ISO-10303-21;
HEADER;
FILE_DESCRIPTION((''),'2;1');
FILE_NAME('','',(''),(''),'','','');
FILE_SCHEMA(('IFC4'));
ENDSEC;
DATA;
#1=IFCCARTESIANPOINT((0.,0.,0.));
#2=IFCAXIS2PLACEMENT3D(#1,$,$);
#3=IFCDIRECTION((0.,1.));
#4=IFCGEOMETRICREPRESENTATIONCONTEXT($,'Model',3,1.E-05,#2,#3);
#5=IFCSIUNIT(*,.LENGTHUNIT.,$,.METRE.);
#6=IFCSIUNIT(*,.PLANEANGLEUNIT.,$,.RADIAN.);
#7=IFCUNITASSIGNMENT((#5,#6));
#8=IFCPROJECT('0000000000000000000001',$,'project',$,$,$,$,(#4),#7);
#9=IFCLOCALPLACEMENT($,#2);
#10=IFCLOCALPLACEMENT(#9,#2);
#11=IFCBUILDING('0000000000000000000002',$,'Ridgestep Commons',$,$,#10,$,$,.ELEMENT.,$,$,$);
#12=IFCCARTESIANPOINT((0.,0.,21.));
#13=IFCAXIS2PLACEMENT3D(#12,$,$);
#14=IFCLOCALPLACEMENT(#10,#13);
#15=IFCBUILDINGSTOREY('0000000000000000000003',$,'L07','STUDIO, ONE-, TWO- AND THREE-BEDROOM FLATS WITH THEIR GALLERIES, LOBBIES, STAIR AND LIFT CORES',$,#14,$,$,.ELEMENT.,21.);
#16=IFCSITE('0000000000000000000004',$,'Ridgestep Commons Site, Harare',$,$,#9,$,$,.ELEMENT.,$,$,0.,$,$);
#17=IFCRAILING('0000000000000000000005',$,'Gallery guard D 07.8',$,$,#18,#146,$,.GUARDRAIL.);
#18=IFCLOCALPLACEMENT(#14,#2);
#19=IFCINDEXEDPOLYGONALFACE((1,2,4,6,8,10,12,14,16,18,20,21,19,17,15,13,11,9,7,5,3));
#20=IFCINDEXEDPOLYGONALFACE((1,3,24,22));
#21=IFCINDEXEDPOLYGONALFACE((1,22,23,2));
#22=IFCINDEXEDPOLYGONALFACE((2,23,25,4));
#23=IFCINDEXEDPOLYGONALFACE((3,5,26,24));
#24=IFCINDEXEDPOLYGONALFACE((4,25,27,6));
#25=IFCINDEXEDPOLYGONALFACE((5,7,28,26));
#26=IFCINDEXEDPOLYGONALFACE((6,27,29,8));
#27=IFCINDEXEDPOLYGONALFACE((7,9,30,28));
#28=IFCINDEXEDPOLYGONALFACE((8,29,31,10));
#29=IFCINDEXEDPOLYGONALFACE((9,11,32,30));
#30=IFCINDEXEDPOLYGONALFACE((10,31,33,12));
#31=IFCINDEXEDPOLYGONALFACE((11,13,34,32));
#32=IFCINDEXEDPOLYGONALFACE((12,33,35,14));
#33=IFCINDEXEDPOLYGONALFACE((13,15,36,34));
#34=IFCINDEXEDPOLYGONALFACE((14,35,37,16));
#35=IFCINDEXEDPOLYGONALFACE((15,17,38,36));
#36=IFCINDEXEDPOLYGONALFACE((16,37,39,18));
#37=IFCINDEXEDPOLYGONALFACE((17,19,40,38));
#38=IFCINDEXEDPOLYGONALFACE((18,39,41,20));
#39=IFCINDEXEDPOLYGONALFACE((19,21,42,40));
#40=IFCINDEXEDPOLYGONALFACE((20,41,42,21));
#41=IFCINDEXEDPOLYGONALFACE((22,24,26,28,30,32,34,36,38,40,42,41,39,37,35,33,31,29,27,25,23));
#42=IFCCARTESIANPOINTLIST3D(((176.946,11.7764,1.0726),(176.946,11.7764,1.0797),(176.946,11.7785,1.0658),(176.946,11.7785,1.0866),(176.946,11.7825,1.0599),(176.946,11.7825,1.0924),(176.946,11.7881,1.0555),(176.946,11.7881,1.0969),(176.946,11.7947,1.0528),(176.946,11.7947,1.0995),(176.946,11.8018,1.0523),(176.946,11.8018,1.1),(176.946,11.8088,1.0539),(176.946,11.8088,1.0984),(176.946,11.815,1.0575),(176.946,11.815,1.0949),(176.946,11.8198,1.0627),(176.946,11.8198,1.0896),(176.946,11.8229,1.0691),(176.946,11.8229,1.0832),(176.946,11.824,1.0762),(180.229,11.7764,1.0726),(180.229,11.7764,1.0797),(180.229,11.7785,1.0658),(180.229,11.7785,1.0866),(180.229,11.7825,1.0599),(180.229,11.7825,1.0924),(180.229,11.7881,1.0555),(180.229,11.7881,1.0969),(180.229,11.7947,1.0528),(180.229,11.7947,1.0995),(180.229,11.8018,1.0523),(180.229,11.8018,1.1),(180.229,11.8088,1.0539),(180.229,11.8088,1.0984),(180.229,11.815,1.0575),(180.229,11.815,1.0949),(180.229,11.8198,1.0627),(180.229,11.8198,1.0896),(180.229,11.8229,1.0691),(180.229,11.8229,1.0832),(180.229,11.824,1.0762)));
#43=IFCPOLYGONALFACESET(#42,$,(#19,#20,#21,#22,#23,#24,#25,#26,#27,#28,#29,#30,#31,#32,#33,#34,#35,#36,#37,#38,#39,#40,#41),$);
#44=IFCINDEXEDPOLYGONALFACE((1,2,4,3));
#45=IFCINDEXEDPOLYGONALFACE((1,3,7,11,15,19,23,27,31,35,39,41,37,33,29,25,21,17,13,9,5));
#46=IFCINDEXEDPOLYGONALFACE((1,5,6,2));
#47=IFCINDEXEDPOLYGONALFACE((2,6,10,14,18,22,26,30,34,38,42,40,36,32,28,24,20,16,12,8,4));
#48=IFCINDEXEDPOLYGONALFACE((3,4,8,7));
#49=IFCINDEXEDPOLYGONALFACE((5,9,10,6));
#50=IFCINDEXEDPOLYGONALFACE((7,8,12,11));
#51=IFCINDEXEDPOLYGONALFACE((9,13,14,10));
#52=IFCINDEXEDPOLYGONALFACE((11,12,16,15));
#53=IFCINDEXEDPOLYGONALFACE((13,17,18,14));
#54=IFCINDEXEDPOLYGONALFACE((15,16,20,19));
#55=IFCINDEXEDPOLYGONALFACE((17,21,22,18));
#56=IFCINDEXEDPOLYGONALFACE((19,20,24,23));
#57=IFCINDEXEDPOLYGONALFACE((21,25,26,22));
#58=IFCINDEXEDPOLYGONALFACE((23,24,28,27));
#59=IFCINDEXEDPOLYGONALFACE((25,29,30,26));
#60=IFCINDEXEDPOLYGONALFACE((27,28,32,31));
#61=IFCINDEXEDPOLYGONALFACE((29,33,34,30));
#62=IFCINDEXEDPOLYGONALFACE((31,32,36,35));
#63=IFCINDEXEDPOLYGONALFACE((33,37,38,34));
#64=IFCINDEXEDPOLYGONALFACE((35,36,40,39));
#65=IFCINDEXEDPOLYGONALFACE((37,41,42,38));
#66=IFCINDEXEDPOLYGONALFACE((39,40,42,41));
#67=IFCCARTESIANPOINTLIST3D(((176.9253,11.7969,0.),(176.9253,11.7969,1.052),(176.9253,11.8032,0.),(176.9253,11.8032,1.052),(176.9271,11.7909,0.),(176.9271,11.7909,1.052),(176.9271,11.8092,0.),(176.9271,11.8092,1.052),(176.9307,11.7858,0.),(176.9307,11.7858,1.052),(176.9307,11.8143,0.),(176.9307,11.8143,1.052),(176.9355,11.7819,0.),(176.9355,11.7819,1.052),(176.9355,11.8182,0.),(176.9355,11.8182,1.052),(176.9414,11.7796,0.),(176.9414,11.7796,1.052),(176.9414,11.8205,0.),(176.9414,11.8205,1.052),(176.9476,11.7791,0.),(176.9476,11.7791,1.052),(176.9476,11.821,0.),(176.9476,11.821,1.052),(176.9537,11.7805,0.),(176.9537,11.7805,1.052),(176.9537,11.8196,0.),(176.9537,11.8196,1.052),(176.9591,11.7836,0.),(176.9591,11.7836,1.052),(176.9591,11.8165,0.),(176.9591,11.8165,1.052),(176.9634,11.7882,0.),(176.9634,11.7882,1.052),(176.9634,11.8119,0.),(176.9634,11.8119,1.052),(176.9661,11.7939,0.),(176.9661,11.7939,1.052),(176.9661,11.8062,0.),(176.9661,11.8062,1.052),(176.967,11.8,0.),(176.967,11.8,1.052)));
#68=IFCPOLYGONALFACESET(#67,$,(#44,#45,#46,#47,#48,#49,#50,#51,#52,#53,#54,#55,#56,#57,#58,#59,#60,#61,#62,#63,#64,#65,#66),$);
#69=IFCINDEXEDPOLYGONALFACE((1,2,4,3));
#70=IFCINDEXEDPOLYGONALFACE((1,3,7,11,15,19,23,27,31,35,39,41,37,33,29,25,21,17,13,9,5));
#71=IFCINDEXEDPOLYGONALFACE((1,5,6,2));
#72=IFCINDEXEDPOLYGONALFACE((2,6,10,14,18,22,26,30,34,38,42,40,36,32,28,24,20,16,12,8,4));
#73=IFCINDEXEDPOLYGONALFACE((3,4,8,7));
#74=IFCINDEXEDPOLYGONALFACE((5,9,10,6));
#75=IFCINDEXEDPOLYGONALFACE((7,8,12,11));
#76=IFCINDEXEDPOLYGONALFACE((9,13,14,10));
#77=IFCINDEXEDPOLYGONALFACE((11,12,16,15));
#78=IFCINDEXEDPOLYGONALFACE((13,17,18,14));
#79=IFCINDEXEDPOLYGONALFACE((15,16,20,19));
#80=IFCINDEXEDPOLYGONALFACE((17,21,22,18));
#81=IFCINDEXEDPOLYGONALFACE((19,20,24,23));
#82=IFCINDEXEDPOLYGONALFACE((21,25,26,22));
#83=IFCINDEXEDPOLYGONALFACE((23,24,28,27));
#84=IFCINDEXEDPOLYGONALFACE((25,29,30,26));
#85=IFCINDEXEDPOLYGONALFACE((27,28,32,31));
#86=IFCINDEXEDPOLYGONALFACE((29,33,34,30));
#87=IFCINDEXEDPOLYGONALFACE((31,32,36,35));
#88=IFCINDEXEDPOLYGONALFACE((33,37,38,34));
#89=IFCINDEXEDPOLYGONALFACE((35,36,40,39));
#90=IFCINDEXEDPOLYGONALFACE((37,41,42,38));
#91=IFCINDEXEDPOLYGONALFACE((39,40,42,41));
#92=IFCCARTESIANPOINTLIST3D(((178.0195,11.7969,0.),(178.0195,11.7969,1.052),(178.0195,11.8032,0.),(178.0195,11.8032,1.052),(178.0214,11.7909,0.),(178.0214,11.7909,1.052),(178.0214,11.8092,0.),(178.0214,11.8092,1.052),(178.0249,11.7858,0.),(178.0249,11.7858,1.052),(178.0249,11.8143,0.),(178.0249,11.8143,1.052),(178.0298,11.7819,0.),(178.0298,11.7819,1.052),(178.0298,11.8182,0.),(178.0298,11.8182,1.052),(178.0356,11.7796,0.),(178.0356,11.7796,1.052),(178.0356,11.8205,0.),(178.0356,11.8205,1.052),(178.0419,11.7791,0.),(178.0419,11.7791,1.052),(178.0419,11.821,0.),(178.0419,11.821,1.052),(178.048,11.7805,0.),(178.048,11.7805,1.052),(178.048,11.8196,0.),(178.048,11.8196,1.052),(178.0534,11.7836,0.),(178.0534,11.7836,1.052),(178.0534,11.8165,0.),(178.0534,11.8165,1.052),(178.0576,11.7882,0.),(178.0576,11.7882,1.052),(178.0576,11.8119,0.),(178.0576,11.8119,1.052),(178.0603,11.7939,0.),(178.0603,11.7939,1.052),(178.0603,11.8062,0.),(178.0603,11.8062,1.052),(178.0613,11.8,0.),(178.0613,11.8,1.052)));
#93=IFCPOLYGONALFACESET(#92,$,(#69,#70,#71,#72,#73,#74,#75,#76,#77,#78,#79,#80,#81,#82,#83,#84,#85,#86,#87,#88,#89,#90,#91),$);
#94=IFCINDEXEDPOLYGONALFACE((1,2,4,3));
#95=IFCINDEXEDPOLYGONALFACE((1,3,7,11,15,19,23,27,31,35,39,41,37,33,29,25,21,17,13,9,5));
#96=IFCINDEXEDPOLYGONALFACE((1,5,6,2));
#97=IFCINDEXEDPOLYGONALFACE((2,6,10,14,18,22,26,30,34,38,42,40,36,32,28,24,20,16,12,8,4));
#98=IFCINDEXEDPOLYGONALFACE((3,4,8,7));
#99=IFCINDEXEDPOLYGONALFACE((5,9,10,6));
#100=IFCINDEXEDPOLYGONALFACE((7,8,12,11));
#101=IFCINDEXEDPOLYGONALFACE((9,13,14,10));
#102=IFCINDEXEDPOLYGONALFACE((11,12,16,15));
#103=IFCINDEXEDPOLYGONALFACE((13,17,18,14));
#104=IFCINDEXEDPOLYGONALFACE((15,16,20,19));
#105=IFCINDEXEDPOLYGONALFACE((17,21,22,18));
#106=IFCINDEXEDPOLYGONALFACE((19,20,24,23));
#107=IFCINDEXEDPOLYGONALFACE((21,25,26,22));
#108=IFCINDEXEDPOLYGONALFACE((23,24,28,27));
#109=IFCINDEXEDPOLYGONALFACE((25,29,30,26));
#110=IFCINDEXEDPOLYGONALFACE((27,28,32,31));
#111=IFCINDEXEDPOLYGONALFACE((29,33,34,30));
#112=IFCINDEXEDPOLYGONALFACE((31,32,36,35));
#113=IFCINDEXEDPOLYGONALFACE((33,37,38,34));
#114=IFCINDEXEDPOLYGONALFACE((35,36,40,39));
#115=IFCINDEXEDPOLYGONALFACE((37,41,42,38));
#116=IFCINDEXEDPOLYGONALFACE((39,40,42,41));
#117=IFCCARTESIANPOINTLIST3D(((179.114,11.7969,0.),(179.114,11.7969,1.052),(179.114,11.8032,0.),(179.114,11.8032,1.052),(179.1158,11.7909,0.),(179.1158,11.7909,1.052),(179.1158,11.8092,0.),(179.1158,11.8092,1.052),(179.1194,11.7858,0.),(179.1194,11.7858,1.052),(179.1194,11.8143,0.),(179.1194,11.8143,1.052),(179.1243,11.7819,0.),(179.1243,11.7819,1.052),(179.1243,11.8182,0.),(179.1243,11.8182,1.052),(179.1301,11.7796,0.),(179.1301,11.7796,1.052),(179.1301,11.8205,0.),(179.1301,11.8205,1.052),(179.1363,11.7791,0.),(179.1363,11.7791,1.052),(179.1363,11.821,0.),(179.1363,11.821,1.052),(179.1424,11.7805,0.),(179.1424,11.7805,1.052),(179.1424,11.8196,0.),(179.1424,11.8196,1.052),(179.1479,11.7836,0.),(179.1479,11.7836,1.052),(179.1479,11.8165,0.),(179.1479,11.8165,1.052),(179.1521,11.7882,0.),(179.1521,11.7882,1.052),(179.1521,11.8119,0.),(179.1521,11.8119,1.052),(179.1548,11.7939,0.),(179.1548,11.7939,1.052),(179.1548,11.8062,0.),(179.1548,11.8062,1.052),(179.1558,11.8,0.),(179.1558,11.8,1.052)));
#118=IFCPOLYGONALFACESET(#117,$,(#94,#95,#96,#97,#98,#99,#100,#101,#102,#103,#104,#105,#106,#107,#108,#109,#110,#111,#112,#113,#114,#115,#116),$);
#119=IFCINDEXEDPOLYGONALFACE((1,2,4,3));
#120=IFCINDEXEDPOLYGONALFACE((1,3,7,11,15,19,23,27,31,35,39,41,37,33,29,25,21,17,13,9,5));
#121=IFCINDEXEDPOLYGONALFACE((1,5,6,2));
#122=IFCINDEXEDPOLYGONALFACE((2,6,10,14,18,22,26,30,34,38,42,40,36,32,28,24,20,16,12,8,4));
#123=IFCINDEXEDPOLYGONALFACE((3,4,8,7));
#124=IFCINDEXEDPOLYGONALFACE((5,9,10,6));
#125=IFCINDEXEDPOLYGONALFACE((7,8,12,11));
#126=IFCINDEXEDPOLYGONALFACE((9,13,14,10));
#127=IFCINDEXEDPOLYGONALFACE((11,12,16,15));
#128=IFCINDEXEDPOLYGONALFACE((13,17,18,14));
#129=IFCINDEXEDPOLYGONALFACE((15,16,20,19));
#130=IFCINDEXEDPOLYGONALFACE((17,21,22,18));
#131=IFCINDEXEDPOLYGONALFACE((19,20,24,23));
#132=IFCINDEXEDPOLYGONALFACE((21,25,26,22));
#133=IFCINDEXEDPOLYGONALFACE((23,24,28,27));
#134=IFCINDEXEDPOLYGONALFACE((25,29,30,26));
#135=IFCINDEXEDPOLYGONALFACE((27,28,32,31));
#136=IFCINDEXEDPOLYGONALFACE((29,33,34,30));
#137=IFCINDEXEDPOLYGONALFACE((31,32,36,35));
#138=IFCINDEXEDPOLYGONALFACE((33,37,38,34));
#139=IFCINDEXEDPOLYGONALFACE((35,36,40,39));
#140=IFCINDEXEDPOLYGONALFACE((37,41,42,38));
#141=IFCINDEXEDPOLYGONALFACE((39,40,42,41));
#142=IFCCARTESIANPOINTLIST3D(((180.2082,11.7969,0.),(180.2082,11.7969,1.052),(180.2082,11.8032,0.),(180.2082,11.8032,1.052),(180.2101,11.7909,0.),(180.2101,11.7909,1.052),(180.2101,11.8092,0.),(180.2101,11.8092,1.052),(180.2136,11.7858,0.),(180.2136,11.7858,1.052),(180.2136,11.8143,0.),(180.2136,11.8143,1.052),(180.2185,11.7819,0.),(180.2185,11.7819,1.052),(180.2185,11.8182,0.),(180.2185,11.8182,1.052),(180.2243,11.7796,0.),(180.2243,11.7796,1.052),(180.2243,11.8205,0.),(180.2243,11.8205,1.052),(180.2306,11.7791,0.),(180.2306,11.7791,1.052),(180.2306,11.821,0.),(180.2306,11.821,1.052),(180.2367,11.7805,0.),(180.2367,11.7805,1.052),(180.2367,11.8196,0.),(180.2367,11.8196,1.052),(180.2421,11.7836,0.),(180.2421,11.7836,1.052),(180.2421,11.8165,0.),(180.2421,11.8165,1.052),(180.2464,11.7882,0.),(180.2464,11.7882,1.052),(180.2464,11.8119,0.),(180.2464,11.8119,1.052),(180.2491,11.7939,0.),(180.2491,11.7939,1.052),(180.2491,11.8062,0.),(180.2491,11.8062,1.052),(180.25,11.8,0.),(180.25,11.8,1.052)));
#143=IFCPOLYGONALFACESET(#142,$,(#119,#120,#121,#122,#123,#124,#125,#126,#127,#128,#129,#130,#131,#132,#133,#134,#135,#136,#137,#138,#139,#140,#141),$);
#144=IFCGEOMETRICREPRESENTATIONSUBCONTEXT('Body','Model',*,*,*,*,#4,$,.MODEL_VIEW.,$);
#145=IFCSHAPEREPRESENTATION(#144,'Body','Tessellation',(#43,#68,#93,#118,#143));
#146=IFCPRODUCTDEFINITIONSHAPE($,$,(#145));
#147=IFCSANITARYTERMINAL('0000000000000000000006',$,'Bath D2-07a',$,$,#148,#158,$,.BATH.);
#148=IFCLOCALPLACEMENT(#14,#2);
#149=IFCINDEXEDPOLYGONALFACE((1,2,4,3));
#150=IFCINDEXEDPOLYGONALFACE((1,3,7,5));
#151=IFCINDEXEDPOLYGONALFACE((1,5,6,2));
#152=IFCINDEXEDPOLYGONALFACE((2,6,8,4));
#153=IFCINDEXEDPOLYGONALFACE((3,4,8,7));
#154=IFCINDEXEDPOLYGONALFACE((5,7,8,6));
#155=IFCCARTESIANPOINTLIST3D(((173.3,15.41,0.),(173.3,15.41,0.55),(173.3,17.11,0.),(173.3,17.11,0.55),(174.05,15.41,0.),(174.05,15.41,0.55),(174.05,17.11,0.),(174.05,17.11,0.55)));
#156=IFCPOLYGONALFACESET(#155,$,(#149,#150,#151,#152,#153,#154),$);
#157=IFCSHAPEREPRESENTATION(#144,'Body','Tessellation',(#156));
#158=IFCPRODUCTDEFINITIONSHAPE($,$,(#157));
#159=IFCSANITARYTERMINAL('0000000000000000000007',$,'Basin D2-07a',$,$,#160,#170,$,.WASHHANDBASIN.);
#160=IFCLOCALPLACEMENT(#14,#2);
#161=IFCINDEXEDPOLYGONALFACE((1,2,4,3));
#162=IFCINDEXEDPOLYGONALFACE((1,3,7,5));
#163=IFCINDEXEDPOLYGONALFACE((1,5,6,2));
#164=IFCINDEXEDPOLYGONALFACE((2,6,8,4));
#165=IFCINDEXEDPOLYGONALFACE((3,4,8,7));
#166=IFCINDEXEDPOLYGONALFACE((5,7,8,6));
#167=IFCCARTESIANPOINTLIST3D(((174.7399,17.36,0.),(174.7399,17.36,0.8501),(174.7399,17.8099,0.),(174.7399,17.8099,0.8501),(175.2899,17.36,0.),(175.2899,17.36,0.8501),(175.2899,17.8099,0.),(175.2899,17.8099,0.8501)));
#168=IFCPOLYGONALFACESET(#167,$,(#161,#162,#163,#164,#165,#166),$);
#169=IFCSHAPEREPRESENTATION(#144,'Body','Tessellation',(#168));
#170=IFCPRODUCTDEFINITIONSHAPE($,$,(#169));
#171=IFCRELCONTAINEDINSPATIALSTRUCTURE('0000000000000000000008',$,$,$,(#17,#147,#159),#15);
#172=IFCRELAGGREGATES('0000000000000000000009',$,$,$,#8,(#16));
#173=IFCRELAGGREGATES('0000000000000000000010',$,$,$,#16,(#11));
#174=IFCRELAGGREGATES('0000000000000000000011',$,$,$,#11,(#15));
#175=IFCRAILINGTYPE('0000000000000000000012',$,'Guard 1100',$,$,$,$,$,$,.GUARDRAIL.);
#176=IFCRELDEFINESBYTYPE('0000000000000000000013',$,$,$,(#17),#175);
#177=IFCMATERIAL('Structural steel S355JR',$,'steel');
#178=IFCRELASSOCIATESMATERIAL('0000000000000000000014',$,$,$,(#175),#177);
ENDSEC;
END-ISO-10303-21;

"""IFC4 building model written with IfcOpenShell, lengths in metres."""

from ifc_helpers import new_model, si_unit, direction, frame, origin, origin_2d, place, context, subcontext, project, spatial, rectangle, circle, extrude, material, type_object, element, save


model = new_model("IFC4")

# Units and contexts
model_context = context("Model", 3, precision=1e-05, world=origin(), true_north=direction((0.0, 1.0)))
body_context = subcontext(model_context, "Body", "Model", "MODEL_VIEW")
ifc_project = project(units=[si_unit("LENGTHUNIT", "METRE"), si_unit("PLANEANGLEUNIT", "RADIAN")], contexts=[model_context])

# Site, building, storey
site_placement = place(None, origin())
site = spatial("IfcSite", under=ifc_project, at=site_placement, Name="Ridgestep Commons Site, Harare", CompositionType="ELEMENT", RefElevation=0.0)
building_placement = place(site_placement, origin())
building = spatial("IfcBuilding", under=site, at=building_placement, Name="Ridgestep Commons", CompositionType="ELEMENT")
storey_placement = place(building_placement, frame((0.0, 0.0, 21.0)))
storey = spatial("IfcBuildingStorey", under=building, at=storey_placement, Name="L07", Description="STUDIO, ONE-, TWO- AND THREE-BEDROOM FLATS WITH THEIR GALLERIES, LOBBIES, STAIR AND LIFT CORES", CompositionType="ELEMENT", Elevation=21.0)

# Railing
ifc_material_1 = material(Name="Structural steel S355JR", Category="steel")
railing_type = type_object("IfcRailingType", Name="Guard 1100", PredefinedType="GUARDRAIL", material=ifc_material_1)
railing_1_placement = place(storey_placement, frame((176.946, 11.8, 0.0)))
element("IfcRailing", 1, at=railing_1_placement, inside=storey, type_object=railing_type, Name="Gallery guard D 07.8", PredefinedType="GUARDRAIL", context=body_context, shape_type="SweptSolid", body=[
    extrude(circle(Radius=0.0239, at=origin_2d()), frame((0.0, 0.0, 1.0762), z_axis=(1.0, 0.0, 0.0), x_axis=(0.0, 1.0, 0.0)), (0.0, 0.0, 1.0), 3.283),
    extrude(circle(Radius=0.021, at=origin_2d()), origin(), (0.0, 0.0, 1.0), 1.052),
    extrude(circle(Radius=0.021, at=origin_2d()), frame((1.0942, 0.0, 0.0)), (0.0, 0.0, 1.0), 1.052),
    extrude(circle(Radius=0.021, at=origin_2d()), frame((2.1887, 0.0, 0.0)), (0.0, 0.0, 1.0), 1.052),
    extrude(circle(Radius=0.021, at=origin_2d()), frame((3.283, 0.0, 0.0)), (0.0, 0.0, 1.0), 1.052),
])

# Sanitary terminals
sanitary_terminal_1_placement = place(storey_placement, frame((173.675, 16.26, 0.0), z_axis=(0.0, 0.0, 1.0), x_axis=(1.0, 0.0, 0.0)))
element("IfcSanitaryTerminal", 2, at=sanitary_terminal_1_placement, inside=storey, Name="Bath D2-07a", PredefinedType="BATH", context=body_context, shape_type="SweptSolid", body=[
    extrude(rectangle(XDim=0.75, YDim=1.7, at=origin_2d()), origin(), (0.0, 0.0, 1.0), 0.55),
])
sanitary_terminal_2_placement = place(storey_placement, frame((175.0149, 17.585, 0.0), z_axis=(0.0, 0.0, 1.0), x_axis=(1.0, 0.0, 0.0)))
element("IfcSanitaryTerminal", 3, at=sanitary_terminal_2_placement, inside=storey, Name="Basin D2-07a", PredefinedType="WASHHANDBASIN", context=body_context, shape_type="SweptSolid", body=[
    extrude(rectangle(XDim=0.55, YDim=0.45, at=origin_2d()), origin(), (0.0, 0.0, 1.0), 0.8501),
])

save(model, "model.ifc")
